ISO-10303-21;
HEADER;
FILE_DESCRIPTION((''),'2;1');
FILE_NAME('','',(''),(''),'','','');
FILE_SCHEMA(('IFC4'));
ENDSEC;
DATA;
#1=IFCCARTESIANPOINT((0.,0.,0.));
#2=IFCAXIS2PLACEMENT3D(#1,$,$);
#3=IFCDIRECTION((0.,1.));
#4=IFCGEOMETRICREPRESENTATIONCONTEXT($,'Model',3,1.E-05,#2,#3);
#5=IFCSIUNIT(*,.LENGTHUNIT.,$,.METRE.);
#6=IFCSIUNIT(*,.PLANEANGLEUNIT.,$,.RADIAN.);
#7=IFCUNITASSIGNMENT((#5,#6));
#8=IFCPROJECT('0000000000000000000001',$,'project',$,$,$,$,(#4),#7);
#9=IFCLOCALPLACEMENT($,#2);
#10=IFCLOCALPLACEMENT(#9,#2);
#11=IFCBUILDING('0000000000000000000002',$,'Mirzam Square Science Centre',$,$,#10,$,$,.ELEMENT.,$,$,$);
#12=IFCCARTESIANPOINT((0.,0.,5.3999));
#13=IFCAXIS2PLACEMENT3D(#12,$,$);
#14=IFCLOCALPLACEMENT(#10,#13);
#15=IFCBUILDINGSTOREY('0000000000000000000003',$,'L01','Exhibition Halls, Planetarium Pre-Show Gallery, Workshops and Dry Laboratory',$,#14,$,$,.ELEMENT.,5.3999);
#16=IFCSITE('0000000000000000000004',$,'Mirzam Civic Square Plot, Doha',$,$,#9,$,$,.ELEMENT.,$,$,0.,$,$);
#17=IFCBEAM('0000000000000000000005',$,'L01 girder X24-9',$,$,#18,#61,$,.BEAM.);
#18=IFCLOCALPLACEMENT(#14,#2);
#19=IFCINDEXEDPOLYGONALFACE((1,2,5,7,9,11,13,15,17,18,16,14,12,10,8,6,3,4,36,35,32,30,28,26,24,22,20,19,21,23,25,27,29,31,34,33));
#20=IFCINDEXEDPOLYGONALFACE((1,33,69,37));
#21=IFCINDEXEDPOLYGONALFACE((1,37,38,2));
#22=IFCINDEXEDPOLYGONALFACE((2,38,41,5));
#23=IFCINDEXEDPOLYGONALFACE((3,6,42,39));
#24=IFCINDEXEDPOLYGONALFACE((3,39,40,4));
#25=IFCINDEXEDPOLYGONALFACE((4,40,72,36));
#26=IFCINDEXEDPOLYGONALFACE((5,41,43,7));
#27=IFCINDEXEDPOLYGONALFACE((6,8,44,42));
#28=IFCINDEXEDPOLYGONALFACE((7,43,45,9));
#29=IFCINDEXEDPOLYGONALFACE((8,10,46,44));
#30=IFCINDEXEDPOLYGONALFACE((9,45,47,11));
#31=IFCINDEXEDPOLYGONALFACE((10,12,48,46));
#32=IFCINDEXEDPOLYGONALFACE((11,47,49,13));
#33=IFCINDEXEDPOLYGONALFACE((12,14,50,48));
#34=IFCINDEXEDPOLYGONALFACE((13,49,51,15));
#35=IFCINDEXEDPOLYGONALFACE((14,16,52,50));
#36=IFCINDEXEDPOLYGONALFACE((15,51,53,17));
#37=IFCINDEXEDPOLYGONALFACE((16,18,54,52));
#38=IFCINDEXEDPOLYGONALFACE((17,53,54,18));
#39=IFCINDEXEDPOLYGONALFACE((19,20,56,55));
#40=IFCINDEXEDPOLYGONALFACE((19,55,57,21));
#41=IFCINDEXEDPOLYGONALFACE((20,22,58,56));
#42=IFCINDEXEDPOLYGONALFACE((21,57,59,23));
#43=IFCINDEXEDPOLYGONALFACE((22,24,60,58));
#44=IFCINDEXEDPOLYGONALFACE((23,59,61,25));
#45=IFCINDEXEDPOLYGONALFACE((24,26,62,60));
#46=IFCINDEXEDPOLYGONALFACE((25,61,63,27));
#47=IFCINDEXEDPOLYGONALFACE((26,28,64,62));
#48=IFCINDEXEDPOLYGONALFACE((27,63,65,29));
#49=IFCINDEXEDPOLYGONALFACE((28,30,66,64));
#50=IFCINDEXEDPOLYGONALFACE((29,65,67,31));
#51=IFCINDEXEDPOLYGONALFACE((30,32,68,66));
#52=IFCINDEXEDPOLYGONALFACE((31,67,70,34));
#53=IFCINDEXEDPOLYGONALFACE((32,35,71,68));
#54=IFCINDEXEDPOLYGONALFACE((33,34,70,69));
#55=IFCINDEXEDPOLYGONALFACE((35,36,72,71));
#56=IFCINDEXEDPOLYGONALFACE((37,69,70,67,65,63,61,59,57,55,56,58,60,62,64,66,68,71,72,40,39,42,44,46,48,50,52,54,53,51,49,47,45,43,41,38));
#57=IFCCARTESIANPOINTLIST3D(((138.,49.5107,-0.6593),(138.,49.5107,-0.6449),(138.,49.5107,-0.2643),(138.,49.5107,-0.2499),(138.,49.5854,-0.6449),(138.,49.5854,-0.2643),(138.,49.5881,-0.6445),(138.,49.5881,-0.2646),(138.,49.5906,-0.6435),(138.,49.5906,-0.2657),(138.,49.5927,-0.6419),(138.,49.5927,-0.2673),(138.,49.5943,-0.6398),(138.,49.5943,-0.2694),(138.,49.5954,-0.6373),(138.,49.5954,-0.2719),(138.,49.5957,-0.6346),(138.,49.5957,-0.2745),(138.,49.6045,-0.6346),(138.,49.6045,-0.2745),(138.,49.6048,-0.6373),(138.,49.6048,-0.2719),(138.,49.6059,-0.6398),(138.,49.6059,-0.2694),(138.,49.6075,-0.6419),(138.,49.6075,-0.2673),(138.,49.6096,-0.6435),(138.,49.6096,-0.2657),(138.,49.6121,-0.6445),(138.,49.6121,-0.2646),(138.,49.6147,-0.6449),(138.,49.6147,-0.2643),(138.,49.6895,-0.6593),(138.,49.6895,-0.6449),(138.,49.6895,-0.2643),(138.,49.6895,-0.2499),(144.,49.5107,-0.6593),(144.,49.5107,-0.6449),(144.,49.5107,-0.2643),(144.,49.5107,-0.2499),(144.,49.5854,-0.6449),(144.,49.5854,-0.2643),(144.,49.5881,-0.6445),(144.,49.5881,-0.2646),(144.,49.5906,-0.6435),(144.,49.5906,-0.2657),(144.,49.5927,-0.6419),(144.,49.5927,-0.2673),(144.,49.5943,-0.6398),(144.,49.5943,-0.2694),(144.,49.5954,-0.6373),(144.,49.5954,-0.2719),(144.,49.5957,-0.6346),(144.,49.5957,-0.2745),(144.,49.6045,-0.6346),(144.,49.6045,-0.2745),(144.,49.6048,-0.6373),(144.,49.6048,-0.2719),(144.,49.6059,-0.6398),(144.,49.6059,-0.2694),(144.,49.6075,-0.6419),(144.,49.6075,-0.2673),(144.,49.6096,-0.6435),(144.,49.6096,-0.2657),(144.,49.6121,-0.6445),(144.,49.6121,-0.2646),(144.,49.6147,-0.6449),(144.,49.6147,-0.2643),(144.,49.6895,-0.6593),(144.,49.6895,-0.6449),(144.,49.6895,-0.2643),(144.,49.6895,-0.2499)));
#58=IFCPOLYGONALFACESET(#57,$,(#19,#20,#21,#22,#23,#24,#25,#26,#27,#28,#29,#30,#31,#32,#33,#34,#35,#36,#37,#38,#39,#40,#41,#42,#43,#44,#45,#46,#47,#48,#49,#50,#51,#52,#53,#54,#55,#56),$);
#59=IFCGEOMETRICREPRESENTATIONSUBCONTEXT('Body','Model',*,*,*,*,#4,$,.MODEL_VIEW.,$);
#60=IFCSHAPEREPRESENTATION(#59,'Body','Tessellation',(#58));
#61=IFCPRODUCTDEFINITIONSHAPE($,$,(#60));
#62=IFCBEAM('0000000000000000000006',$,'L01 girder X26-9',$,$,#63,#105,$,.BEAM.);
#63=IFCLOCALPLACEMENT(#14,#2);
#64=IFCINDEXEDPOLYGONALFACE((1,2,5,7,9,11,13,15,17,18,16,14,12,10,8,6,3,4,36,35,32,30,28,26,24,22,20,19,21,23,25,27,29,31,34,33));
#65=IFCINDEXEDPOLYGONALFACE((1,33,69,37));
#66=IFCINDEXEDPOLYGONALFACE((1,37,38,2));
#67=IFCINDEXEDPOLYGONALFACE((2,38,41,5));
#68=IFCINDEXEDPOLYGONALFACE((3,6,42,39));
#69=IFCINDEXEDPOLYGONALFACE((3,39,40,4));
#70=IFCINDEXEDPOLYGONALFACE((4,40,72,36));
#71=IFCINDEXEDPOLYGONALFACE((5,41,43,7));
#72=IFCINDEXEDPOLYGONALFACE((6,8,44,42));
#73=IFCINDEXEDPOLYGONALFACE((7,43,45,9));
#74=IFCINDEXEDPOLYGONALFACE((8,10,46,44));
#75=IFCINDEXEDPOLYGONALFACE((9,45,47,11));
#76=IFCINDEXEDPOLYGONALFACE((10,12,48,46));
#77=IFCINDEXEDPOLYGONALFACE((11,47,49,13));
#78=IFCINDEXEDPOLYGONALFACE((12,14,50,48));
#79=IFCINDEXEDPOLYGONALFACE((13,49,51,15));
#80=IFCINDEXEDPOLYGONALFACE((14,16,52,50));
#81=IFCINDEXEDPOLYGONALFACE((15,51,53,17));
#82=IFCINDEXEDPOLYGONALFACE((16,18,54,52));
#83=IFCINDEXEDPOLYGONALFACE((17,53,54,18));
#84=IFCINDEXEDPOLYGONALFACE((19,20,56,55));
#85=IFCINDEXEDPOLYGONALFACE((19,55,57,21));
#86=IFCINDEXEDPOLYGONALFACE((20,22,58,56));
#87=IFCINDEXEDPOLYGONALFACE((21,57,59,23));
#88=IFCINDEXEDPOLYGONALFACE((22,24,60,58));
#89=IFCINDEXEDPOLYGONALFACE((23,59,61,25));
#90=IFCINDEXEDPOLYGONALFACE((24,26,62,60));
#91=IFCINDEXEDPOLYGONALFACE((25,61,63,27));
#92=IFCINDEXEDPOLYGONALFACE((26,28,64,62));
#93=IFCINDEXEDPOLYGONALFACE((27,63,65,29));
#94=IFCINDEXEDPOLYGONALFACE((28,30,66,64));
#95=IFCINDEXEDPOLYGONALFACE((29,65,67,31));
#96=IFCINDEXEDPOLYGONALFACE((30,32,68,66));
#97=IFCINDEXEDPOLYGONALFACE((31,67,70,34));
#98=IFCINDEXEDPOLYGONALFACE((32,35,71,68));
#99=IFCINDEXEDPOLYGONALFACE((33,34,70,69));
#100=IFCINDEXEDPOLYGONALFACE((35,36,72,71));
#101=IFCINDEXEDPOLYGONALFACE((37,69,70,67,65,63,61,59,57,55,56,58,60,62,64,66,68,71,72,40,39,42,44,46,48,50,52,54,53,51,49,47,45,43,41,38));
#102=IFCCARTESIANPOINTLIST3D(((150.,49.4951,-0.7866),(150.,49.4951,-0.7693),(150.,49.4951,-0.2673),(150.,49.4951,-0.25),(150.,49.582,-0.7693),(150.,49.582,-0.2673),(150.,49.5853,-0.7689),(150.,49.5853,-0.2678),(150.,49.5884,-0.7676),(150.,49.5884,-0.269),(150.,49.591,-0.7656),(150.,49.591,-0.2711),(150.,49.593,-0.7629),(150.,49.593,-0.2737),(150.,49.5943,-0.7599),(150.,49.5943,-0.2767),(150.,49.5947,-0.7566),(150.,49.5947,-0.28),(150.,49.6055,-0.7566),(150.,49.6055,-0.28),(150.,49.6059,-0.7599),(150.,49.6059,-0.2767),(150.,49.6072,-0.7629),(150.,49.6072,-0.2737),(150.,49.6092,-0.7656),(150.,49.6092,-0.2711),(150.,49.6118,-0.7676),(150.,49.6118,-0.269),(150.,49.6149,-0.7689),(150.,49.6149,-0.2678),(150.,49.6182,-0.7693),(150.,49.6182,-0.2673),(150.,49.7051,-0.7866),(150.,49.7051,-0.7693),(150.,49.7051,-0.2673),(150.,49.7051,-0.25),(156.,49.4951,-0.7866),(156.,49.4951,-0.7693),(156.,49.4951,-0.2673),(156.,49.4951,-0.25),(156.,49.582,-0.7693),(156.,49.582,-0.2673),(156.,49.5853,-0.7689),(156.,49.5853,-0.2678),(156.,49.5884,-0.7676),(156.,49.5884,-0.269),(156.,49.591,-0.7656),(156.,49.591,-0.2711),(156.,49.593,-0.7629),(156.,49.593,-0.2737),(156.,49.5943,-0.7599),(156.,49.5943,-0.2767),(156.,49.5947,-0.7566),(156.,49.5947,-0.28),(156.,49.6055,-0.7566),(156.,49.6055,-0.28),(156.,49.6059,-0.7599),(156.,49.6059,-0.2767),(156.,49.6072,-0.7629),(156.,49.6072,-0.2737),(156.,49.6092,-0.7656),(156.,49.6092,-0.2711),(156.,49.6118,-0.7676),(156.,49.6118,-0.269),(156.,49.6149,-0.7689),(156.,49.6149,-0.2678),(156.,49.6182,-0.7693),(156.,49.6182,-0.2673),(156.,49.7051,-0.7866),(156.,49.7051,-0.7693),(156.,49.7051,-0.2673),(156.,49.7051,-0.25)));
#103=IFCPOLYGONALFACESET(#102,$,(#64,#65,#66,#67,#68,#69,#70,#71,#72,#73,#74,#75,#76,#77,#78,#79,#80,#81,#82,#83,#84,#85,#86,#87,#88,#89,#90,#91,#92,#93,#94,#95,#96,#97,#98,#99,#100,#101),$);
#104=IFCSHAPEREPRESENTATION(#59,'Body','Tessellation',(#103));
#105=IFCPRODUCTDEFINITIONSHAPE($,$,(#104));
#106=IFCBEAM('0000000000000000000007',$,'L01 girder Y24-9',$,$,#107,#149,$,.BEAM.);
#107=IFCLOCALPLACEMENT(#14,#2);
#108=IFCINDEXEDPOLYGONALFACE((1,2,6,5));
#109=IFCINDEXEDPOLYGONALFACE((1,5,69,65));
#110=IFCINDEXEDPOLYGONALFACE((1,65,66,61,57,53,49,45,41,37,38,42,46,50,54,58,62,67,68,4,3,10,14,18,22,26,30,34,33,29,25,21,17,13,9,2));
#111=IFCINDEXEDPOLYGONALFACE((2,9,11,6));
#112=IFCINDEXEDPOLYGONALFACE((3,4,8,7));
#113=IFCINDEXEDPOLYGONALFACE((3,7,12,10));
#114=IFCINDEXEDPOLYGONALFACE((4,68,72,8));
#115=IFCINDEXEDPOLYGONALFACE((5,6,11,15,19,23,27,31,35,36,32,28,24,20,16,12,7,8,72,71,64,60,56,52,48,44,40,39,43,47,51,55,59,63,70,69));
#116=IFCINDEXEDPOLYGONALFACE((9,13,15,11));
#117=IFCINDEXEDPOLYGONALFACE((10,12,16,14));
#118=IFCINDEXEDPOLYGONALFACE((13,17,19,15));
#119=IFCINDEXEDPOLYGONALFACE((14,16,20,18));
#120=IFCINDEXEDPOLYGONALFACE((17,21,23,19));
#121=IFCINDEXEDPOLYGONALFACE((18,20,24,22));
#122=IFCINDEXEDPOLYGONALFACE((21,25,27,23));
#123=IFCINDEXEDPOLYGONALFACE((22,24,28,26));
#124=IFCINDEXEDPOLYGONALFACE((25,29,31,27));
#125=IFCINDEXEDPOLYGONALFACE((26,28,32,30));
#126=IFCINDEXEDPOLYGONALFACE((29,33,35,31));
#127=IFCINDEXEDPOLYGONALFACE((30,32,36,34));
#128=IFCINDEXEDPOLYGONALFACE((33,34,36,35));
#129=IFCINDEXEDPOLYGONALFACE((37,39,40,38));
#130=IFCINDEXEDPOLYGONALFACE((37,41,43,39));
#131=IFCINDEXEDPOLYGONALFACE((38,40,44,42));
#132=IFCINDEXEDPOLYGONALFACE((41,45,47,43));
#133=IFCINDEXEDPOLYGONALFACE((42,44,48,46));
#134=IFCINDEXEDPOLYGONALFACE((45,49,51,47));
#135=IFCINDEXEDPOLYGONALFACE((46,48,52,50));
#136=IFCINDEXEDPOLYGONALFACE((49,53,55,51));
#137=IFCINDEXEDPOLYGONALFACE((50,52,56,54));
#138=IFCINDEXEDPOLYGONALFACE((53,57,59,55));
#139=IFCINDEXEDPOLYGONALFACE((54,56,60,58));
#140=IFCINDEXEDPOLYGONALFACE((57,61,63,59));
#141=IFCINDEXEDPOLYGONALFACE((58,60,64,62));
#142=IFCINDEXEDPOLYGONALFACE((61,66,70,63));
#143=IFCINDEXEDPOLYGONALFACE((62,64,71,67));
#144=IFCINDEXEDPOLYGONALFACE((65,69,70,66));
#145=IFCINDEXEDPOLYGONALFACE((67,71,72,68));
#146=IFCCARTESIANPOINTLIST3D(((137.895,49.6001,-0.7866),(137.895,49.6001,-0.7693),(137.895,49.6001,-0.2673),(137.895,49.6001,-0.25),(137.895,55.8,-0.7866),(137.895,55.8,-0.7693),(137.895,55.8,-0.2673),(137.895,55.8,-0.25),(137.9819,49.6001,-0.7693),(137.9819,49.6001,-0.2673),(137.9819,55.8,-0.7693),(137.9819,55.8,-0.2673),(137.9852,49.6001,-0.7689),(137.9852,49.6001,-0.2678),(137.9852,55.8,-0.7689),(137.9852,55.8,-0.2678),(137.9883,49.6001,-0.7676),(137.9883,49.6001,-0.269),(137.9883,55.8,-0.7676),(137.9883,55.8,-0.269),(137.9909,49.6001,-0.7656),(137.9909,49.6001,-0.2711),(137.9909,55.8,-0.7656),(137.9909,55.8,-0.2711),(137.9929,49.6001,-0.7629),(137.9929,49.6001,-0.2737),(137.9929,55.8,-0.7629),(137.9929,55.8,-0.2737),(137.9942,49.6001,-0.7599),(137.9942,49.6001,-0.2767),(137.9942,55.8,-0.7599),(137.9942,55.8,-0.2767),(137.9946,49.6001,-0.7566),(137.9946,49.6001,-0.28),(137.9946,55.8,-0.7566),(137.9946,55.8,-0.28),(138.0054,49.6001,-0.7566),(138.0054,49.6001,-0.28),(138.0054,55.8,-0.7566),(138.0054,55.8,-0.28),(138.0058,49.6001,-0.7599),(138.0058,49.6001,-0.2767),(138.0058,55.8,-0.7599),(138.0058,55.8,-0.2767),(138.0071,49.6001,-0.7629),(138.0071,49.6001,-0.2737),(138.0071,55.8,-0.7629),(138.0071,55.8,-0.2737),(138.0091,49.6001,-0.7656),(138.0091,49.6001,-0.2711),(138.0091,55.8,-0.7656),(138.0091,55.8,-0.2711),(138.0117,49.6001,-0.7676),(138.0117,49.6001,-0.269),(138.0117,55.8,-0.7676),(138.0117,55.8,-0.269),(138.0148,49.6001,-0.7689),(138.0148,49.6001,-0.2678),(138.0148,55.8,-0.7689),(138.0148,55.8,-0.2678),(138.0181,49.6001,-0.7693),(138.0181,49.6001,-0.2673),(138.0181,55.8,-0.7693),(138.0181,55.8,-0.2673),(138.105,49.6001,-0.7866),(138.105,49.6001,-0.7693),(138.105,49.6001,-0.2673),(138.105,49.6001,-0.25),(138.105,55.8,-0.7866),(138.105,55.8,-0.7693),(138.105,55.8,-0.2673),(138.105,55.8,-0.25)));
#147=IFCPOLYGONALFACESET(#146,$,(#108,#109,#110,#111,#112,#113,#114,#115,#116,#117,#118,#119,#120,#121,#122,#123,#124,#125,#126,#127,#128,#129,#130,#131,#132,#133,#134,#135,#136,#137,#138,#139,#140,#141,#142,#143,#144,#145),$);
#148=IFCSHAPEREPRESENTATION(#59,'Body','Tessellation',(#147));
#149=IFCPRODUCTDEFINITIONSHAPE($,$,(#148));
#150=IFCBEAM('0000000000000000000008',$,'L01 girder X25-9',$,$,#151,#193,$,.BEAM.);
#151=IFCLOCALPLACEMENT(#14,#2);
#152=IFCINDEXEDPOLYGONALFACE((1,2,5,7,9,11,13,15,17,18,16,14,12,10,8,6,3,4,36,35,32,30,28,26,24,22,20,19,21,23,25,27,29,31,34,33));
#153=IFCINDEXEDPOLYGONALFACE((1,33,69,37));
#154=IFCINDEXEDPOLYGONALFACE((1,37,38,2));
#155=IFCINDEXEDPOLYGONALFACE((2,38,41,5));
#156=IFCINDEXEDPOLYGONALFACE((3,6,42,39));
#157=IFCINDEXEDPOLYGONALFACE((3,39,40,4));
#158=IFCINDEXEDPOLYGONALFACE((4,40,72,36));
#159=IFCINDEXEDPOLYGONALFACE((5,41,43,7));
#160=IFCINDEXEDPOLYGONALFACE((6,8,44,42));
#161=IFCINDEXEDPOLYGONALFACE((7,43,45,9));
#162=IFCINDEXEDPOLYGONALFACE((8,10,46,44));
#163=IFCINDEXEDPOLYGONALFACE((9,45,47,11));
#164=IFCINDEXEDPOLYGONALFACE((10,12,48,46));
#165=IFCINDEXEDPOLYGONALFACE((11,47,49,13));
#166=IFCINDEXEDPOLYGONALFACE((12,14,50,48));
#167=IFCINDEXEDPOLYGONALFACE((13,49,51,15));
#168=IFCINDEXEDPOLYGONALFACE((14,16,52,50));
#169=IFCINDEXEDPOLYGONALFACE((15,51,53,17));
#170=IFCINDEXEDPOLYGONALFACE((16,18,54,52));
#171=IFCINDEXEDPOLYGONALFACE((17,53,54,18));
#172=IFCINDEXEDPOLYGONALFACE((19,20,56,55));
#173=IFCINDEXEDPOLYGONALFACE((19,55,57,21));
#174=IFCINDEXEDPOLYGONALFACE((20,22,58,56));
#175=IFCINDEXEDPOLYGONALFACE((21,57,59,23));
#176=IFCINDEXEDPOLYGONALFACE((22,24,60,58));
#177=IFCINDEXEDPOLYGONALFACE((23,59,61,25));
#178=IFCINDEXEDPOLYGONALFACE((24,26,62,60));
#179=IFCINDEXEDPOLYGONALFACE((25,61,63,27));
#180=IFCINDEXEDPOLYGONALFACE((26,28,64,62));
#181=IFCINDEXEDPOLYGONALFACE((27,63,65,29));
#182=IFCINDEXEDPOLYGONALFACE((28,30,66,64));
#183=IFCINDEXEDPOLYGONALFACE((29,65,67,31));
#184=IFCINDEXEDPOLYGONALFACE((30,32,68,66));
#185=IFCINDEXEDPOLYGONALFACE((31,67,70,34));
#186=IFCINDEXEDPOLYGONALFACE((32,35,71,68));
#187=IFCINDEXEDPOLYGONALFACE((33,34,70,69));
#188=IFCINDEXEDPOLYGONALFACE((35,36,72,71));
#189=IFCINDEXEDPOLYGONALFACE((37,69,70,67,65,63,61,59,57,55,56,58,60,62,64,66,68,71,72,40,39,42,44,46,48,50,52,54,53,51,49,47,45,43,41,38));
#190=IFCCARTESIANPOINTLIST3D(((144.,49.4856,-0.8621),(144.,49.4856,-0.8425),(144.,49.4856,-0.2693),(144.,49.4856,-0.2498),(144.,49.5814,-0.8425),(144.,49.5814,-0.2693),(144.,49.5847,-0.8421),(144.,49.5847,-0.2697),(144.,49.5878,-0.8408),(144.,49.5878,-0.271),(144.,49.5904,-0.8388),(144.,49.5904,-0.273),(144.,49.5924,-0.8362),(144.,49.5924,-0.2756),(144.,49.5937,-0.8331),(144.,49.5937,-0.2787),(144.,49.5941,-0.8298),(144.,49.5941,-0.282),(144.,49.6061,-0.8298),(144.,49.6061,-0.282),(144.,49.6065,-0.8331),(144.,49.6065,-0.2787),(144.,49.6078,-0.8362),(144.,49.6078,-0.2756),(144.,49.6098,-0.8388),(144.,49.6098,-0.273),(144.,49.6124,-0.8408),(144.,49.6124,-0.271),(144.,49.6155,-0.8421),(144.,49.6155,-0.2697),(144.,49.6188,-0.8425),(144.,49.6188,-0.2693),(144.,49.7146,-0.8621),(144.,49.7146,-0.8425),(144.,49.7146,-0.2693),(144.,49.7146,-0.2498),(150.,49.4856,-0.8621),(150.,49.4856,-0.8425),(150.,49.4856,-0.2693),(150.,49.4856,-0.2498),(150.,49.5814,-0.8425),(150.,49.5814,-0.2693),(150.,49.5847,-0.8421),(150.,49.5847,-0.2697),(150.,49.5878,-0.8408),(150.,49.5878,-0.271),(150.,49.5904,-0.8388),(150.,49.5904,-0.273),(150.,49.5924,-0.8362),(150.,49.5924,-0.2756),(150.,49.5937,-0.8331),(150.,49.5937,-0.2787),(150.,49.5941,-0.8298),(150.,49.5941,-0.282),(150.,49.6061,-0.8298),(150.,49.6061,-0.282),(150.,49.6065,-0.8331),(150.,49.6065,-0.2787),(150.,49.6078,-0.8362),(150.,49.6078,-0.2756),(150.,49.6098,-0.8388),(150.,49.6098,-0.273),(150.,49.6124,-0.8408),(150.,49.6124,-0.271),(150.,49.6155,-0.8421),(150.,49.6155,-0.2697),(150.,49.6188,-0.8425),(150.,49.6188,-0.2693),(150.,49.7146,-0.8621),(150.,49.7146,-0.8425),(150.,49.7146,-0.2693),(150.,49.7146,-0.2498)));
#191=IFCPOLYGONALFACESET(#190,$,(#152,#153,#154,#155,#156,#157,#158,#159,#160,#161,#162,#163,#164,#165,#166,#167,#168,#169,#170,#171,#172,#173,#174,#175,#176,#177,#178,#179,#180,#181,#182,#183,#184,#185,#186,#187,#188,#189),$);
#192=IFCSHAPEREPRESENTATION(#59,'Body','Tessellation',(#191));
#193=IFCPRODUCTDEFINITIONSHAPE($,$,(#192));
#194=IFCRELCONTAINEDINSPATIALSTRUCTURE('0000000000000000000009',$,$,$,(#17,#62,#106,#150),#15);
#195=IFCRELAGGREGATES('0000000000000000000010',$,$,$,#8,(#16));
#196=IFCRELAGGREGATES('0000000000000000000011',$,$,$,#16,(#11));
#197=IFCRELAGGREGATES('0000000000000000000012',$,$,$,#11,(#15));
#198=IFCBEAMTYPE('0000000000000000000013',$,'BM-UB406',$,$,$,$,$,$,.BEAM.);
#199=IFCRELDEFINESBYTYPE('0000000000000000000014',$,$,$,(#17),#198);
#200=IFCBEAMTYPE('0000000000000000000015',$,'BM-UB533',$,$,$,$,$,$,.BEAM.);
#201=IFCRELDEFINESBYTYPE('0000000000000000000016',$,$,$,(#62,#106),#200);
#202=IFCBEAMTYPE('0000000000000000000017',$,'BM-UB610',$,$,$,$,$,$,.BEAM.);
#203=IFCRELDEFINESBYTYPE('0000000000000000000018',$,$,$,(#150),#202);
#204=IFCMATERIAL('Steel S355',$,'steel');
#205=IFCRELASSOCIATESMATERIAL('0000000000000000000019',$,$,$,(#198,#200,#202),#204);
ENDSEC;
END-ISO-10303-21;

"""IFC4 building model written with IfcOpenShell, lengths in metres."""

from ifc_helpers import new_model, si_unit, direction, frame, origin, origin_2d, place, context, subcontext, project, spatial, i_section, extrude, material, material_profile, profile_set, type_object, element, save


model = new_model("IFC4")

# Units and contexts
model_context = context("Model", 3, precision=1e-05, world=origin(), true_north=direction((0.0, 1.0)))
body_context = subcontext(model_context, "Body", "Model", "MODEL_VIEW")
ifc_project = project(units=[si_unit("LENGTHUNIT", "METRE"), si_unit("PLANEANGLEUNIT", "RADIAN")], contexts=[model_context])

# Site, building, storey
site_placement = place(None, origin())
site = spatial("IfcSite", under=ifc_project, at=site_placement, Name="Mirzam Civic Square Plot, Doha", CompositionType="ELEMENT", RefElevation=0.0)
building_placement = place(site_placement, origin())
building = spatial("IfcBuilding", under=site, at=building_placement, Name="Mirzam Square Science Centre", CompositionType="ELEMENT")
storey_placement = place(building_placement, frame((0.0, 0.0, 5.3999)))
storey = spatial("IfcBuildingStorey", under=building, at=storey_placement, Name="L01", Description="Exhibition Halls, Planetarium Pre-Show Gallery, Workshops and Dry Laboratory", CompositionType="ELEMENT", Elevation=5.3999)

# Shared definitions
ifc_material_1 = material(Name="Steel S355", Category="steel")

# Beams
ifc_material_profile_1 = material_profile(ifc_material_1, i_section(OverallWidth=0.1787, OverallDepth=0.4094, WebThickness=0.0088, FlangeThickness=0.0144, FilletRadius=0.0103, at=origin_2d()), Name="406x178x67UB")
ifc_profile_set_1 = profile_set([ifc_material_profile_1], Name="Steel S355")
beam_type_1 = type_object("IfcBeamType", Name="BM-UB406", PredefinedType="BEAM", material=ifc_profile_set_1)
beam_1_placement = place(storey_placement, frame((138.0, 49.6001, -0.4546), z_axis=(1.0, 0.0, 0.0), x_axis=(0.0, 1.0, 0.0)))
element("IfcBeam", 1, at=beam_1_placement, inside=storey, type_object=beam_type_1, Name="L01 girder X24-9", PredefinedType="BEAM", context=body_context, shape_type="SweptSolid", body=[
    extrude(i_section(OverallWidth=0.1787, OverallDepth=0.4094, WebThickness=0.0088, FlangeThickness=0.0144, FilletRadius=0.0103, at=origin_2d()), origin(), (0.0, 0.0, 1.0), 6.0),
])
ifc_material_profile_2 = material_profile(ifc_material_1, i_section(OverallWidth=0.21, OverallDepth=0.5366, WebThickness=0.0107, FlangeThickness=0.0173, FilletRadius=0.0127, at=origin_2d()), Name="533x210x101UB")
ifc_profile_set_2 = profile_set([ifc_material_profile_2], Name="Steel S355")
beam_type_2 = type_object("IfcBeamType", Name="BM-UB533", PredefinedType="BEAM", material=ifc_profile_set_2)
beam_2_placement = place(storey_placement, frame((150.0, 49.6001, -0.5183), z_axis=(1.0, 0.0, 0.0), x_axis=(0.0, 1.0, 0.0)))
element("IfcBeam", 2, at=beam_2_placement, inside=storey, type_object=beam_type_2, Name="L01 girder X26-9", PredefinedType="BEAM", context=body_context, shape_type="SweptSolid", body=[
    extrude(i_section(OverallWidth=0.21, OverallDepth=0.5366, WebThickness=0.0107, FlangeThickness=0.0173, FilletRadius=0.0127, at=origin_2d()), origin(), (0.0, 0.0, 1.0), 6.0),
])
beam_3_placement = place(storey_placement, frame((138.0, 49.6001, -0.5183), z_axis=(0.0, 1.0, 0.0), x_axis=(-1.0, 0.0, 0.0)))
element("IfcBeam", 3, at=beam_3_placement, inside=storey, type_object=beam_type_2, Name="L01 girder Y24-9", PredefinedType="BEAM", context=body_context, shape_type="SweptSolid", body=[
    extrude(i_section(OverallWidth=0.21, OverallDepth=0.5366, WebThickness=0.0107, FlangeThickness=0.0173, FilletRadius=0.0127, at=origin_2d()), origin(), (0.0, 0.0, 1.0), 6.2),
])
ifc_material_profile_3 = material_profile(ifc_material_1, i_section(OverallWidth=0.229, OverallDepth=0.6123, WebThickness=0.012, FlangeThickness=0.0195, FilletRadius=0.0127, at=origin_2d()), Name="610x229x125UB")
ifc_profile_set_3 = profile_set([ifc_material_profile_3], Name="Steel S355")
beam_type_3 = type_object("IfcBeamType", Name="BM-UB610", PredefinedType="BEAM", material=ifc_profile_set_3)
beam_4_placement = place(storey_placement, frame((144.0, 49.6001, -0.5559), z_axis=(1.0, 0.0, 0.0), x_axis=(0.0, 1.0, 0.0)))
element("IfcBeam", 4, at=beam_4_placement, inside=storey, type_object=beam_type_3, Name="L01 girder X25-9", PredefinedType="BEAM", context=body_context, shape_type="SweptSolid", body=[
    extrude(i_section(OverallWidth=0.229, OverallDepth=0.6123, WebThickness=0.012, FlangeThickness=0.0195, FilletRadius=0.0127, at=origin_2d()), origin(), (0.0, 0.0, 1.0), 6.0),
])

save(model, "model.ifc")
